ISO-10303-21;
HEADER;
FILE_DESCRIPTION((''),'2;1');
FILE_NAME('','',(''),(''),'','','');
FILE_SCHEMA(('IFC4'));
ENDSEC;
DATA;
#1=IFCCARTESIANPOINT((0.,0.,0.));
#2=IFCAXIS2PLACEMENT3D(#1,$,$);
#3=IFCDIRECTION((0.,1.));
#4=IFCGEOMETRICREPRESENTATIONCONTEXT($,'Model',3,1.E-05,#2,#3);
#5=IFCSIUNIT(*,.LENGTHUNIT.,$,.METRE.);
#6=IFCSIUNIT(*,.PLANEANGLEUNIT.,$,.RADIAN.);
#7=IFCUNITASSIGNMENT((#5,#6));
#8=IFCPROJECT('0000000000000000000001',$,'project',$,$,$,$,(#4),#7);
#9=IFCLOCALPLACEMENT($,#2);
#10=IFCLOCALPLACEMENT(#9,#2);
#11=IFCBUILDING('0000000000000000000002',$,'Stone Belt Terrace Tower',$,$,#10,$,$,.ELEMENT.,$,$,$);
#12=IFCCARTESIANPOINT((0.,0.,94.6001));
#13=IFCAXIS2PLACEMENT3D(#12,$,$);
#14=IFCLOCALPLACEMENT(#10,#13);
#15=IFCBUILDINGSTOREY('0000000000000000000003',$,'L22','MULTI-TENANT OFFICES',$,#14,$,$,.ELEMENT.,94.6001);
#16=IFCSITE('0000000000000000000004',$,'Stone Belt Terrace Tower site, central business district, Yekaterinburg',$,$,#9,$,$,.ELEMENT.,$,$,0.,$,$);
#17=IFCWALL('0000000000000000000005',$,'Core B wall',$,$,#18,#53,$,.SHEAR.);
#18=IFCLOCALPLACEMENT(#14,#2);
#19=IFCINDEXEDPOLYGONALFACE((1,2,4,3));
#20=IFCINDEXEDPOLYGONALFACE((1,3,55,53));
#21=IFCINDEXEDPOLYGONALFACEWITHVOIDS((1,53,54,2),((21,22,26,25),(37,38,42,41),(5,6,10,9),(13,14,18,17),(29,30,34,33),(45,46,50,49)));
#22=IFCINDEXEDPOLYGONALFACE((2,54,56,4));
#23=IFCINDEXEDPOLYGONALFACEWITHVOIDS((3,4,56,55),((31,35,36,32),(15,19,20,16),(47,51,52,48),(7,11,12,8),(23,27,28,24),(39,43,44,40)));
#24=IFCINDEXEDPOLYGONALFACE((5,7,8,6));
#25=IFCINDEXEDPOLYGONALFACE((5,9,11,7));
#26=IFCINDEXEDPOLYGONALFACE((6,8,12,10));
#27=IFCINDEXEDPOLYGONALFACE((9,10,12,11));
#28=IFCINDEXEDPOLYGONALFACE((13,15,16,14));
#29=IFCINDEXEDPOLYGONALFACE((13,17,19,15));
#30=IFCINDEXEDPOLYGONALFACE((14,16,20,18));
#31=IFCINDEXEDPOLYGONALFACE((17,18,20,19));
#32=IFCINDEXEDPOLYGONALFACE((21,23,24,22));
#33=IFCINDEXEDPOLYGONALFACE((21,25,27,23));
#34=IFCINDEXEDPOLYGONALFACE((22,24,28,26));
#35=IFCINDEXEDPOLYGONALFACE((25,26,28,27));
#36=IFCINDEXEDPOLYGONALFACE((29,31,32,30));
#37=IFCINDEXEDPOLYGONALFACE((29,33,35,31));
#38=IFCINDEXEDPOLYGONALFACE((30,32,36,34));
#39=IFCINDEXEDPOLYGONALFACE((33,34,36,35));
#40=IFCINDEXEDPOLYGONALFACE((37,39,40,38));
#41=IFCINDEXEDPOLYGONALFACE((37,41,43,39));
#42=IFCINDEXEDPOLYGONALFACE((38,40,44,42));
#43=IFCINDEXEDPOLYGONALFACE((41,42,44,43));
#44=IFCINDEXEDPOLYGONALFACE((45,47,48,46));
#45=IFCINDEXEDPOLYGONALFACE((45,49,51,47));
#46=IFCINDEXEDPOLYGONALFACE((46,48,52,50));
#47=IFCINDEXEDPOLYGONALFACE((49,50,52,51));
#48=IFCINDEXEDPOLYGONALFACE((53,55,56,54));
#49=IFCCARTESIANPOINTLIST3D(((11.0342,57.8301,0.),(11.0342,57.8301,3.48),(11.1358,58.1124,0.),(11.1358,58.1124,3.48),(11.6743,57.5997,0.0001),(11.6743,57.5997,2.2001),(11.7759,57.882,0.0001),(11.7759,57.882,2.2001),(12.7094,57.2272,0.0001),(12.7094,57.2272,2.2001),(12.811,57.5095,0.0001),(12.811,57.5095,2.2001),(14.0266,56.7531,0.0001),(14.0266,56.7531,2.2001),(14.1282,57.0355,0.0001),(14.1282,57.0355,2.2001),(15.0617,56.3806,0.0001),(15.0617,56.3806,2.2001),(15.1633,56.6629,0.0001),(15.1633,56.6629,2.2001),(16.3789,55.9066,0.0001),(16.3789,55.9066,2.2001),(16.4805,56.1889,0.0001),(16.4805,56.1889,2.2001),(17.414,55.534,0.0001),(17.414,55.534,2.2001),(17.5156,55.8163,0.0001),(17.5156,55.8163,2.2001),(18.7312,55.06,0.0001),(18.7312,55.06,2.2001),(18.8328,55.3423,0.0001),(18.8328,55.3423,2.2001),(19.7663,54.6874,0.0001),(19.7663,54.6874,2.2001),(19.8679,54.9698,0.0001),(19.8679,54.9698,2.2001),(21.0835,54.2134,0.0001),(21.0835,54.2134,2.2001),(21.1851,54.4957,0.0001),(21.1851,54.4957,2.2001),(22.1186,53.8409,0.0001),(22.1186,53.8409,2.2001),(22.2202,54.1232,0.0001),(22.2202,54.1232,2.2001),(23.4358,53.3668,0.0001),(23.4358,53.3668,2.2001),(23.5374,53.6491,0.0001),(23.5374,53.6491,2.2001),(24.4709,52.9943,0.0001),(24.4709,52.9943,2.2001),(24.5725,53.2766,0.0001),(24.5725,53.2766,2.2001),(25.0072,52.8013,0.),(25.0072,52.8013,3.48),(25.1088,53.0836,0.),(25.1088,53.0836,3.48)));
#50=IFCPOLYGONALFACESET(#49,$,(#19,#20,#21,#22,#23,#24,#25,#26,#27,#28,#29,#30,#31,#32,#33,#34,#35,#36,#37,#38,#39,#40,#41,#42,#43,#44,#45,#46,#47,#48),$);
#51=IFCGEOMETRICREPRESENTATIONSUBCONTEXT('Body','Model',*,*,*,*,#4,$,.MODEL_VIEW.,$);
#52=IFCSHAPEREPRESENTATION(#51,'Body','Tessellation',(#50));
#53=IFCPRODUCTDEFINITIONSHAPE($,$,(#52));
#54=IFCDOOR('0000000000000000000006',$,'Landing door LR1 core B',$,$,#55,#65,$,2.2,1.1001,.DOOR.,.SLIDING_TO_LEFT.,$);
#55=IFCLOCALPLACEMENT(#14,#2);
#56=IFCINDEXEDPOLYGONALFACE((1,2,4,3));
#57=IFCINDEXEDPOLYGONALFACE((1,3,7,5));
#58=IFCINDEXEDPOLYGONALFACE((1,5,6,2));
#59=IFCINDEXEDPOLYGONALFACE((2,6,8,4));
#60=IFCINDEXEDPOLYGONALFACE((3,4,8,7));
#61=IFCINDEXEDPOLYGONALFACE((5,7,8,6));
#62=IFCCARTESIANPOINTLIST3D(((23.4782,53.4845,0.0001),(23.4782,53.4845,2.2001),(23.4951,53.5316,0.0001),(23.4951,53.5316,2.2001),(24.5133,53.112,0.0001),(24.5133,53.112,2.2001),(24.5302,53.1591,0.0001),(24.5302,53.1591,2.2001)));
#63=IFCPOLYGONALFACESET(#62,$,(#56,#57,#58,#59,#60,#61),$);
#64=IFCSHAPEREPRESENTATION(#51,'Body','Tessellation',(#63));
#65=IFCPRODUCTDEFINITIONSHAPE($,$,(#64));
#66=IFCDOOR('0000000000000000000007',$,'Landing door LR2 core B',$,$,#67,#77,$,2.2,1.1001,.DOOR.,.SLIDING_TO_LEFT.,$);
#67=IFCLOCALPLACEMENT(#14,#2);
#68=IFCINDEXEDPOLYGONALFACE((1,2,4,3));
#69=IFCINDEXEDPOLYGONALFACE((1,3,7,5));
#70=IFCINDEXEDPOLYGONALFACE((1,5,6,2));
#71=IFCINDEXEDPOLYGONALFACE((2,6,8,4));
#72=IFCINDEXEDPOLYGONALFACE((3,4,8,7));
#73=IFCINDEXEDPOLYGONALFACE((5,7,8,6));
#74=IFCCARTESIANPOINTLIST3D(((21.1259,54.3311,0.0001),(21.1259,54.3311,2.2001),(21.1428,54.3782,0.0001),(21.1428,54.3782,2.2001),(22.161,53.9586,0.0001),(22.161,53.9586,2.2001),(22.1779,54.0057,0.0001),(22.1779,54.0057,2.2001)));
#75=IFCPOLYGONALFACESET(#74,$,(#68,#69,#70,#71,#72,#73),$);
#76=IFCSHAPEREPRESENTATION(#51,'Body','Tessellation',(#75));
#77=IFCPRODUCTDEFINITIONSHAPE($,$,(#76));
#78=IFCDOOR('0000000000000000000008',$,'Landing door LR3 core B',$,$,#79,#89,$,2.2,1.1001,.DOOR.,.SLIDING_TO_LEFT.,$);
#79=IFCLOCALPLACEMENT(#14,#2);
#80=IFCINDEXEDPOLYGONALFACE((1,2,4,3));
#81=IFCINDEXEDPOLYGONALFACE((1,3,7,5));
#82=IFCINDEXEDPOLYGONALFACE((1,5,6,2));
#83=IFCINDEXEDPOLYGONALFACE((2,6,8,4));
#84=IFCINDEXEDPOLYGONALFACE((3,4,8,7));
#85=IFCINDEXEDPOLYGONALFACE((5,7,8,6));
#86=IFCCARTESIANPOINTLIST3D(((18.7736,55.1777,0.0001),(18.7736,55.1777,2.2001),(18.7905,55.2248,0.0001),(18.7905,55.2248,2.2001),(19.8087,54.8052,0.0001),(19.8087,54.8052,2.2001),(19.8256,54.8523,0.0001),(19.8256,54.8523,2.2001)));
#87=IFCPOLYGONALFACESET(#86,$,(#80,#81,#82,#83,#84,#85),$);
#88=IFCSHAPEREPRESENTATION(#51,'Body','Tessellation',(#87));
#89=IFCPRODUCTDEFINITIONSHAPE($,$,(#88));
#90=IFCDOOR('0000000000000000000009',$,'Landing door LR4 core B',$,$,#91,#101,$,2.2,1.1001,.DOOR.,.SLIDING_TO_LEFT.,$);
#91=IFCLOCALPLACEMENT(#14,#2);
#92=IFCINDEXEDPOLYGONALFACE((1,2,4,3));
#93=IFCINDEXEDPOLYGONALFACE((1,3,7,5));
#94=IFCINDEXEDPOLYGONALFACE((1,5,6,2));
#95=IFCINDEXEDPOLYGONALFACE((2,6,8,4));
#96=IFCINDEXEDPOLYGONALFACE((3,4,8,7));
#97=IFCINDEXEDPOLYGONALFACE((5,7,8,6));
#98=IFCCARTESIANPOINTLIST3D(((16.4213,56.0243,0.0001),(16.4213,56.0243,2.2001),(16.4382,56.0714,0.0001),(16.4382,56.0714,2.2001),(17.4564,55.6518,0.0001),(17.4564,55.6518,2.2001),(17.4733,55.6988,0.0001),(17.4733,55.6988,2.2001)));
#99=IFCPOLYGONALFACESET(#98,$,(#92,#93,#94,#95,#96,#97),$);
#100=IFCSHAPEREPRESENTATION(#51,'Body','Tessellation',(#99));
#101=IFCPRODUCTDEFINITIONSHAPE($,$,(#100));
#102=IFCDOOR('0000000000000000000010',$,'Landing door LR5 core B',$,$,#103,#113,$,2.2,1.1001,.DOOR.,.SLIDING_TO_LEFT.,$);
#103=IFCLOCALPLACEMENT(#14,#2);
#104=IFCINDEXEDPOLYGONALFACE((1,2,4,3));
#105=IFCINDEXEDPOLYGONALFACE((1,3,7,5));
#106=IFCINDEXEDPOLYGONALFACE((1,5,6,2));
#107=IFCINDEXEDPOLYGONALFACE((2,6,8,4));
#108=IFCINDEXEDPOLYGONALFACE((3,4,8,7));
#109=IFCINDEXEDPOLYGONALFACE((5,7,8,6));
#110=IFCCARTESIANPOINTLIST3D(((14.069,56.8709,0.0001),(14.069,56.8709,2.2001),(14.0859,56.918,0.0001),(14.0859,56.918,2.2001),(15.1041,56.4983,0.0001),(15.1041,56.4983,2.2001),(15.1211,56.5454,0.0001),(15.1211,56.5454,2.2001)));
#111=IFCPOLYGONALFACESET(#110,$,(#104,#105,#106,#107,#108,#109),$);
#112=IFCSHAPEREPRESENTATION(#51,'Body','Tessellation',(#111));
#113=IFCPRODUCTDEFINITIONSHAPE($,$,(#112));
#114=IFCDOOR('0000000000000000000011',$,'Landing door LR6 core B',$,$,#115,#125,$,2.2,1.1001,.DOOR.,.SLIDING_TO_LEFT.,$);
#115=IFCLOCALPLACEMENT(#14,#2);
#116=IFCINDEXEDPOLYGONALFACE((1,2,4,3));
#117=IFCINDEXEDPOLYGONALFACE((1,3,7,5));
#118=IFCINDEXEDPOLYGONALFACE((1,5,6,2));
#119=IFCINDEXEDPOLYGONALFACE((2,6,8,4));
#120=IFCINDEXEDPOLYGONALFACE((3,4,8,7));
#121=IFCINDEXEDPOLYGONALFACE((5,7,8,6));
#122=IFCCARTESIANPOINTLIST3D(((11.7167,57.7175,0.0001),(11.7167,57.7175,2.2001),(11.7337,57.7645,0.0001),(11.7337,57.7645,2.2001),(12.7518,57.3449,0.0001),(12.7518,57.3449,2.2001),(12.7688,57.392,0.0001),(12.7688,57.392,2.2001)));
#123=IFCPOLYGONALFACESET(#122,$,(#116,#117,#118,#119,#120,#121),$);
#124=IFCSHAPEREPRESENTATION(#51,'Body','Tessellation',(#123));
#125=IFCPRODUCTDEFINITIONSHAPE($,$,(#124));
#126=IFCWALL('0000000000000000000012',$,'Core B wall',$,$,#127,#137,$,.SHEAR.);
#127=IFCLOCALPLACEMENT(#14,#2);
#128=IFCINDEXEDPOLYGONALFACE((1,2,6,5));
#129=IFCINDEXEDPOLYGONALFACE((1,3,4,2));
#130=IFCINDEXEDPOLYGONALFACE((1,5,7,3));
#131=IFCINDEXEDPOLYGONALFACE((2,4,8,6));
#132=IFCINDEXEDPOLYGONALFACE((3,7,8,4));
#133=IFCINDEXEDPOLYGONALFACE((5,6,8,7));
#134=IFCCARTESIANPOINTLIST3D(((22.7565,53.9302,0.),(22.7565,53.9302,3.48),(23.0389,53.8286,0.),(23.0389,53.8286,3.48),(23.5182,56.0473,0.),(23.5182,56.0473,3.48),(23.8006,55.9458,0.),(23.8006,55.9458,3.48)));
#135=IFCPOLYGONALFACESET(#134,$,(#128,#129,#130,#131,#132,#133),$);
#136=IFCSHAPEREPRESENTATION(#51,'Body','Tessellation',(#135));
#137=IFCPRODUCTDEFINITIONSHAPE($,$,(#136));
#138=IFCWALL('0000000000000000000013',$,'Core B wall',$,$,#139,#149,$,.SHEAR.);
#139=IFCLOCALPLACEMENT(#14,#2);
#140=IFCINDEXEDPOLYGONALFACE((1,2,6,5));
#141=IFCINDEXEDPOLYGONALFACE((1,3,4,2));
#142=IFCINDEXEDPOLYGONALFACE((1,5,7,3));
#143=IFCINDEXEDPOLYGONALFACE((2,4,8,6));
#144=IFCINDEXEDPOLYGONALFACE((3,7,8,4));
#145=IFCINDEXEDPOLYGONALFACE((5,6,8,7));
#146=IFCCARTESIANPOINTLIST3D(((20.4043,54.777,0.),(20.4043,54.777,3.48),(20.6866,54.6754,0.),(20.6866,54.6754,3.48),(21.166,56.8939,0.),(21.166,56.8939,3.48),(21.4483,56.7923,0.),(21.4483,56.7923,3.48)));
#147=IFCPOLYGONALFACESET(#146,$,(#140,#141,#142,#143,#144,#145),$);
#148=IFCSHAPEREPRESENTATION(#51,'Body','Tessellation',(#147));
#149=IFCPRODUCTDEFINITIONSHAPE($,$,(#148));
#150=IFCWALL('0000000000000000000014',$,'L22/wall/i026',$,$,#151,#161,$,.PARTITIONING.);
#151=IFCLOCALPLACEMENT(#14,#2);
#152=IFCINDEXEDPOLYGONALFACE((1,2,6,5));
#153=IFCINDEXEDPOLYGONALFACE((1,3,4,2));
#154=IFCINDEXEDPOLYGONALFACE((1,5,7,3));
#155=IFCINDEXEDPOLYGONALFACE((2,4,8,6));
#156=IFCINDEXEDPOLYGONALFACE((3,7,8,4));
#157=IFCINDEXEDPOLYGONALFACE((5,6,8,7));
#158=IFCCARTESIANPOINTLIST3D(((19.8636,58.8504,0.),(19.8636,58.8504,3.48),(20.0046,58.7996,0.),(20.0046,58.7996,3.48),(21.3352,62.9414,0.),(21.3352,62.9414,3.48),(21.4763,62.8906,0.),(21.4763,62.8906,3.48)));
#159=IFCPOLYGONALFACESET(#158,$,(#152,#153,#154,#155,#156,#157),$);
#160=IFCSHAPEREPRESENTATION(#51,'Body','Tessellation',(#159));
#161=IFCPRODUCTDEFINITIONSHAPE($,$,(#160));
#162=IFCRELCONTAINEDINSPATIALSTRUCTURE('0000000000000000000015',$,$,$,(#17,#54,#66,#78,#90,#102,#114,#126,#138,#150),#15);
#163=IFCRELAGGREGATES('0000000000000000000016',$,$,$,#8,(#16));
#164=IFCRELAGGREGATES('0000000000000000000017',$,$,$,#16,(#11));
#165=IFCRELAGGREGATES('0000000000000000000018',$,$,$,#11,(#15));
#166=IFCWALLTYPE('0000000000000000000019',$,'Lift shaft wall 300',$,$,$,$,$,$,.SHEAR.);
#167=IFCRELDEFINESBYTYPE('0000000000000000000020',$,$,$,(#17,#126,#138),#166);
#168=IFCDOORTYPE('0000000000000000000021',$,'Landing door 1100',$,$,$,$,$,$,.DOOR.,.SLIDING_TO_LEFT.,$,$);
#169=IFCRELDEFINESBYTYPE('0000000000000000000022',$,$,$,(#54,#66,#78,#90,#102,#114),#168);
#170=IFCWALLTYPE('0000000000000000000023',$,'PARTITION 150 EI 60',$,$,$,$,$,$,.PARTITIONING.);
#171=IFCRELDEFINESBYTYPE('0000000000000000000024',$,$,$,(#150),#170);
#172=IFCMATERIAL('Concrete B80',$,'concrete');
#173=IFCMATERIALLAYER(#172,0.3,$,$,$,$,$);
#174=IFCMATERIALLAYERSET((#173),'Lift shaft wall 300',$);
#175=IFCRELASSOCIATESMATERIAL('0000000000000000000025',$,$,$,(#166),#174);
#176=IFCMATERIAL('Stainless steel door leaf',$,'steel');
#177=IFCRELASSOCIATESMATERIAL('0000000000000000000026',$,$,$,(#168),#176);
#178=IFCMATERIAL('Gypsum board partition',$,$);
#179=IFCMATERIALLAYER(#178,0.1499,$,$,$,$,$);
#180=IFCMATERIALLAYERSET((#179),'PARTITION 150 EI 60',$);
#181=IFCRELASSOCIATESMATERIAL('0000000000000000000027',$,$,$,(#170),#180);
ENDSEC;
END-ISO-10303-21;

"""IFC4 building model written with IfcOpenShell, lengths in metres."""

from ifc_helpers import new_model, si_unit, direction, frame, frame_2d, origin, place, context, subcontext, project, spatial, rectangle, extrude, material, layer, layer_set, type_object, element, fill, save


model = new_model("IFC4")

# Units and contexts
model_context = context("Model", 3, precision=1e-05, world=origin(), true_north=direction((0.0, 1.0)))
body_context = subcontext(model_context, "Body", "Model", "MODEL_VIEW")
ifc_project = project(units=[si_unit("LENGTHUNIT", "METRE"), si_unit("PLANEANGLEUNIT", "RADIAN")], contexts=[model_context])

# Site, building, storey
site_placement = place(None, origin())
site = spatial("IfcSite", under=ifc_project, at=site_placement, Name="Stone Belt Terrace Tower site, central business district, Yekaterinburg", CompositionType="ELEMENT", RefElevation=0.0)
building_placement = place(site_placement, origin())
building = spatial("IfcBuilding", under=site, at=building_placement, Name="Stone Belt Terrace Tower", CompositionType="ELEMENT")
storey_placement = place(building_placement, frame((0.0, 0.0, 94.6001)))
storey = spatial("IfcBuildingStorey", under=building, at=storey_placement, Name="L22", Description="MULTI-TENANT OFFICES", CompositionType="ELEMENT", Elevation=94.6001)

# Shared definitions
ifc_material_1 = material(Name="Concrete B80", Category="concrete")

# Shared definitions
ifc_layer_1 = layer(ifc_material_1, 0.3)
ifc_layer_set_1 = layer_set([ifc_layer_1], Name="Lift shaft wall 300")
wall_type_1 = type_object("IfcWallType", Name="Lift shaft wall 300", PredefinedType="SHEAR", material=ifc_layer_set_1)
ifc_material_2 = material(Name="Stainless steel door leaf", Category="steel")

# Wall, openings, doors
wall_1_placement = place(storey_placement, frame((25.0581, 52.9424, 0.0), z_axis=(0.0, 0.0, 1.0), x_axis=(-0.940918, 0.338634, 0.0)))
wall_1 = element("IfcWall", 1, at=wall_1_placement, inside=storey, type_object=wall_type_1, Name="Core B wall", PredefinedType="SHEAR", context=body_context, shape_type="SweptSolid", body=[
    extrude(rectangle(XDim=14.8503, YDim=0.3, at=frame_2d((7.4253, 0.0))), origin(), (0.0, 0.0, 1.0), 3.48),
])
opening_1_placement = place(wall_1_placement, frame((0.5701, 0.0, 0.0)))
opening_1 = element("IfcOpeningElement", 2, at=opening_1_placement, cuts=wall_1, PredefinedType="OPENING", context=body_context, shape_type="SweptSolid", body=[
    extrude(rectangle(XDim=1.1001, YDim=2.2, at=frame_2d((0.55, 1.1001))), frame((0.0, 0.1599, 0.0), z_axis=(0.0, -1.0, 0.0), x_axis=(1.0, 0.0, 0.0)), (0.0, 0.0, 1.0), 0.3201),
])
opening_2_placement = place(wall_1_placement, frame((3.0701, 0.0, 0.0)))
opening_2 = element("IfcOpeningElement", 3, at=opening_2_placement, cuts=wall_1, PredefinedType="OPENING", context=body_context, shape_type="SweptSolid", body=[
    extrude(rectangle(XDim=1.1001, YDim=2.2, at=frame_2d((0.55, 1.1001))), frame((0.0, 0.1599, 0.0), z_axis=(0.0, -1.0, 0.0), x_axis=(1.0, 0.0, 0.0)), (0.0, 0.0, 1.0), 0.3201),
])
opening_3_placement = place(wall_1_placement, frame((5.5701, 0.0, 0.0)))
opening_3 = element("IfcOpeningElement", 4, at=opening_3_placement, cuts=wall_1, PredefinedType="OPENING", context=body_context, shape_type="SweptSolid", body=[
    extrude(rectangle(XDim=1.1001, YDim=2.2, at=frame_2d((0.55, 1.1001))), frame((0.0, 0.1599, 0.0), z_axis=(0.0, -1.0, 0.0), x_axis=(1.0, 0.0, 0.0)), (0.0, 0.0, 1.0), 0.3201),
])
opening_4_placement = place(wall_1_placement, frame((8.0701, 0.0, 0.0)))
opening_4 = element("IfcOpeningElement", 5, at=opening_4_placement, cuts=wall_1, PredefinedType="OPENING", context=body_context, shape_type="SweptSolid", body=[
    extrude(rectangle(XDim=1.1001, YDim=2.2, at=frame_2d((0.55, 1.1001))), frame((0.0, 0.1599, 0.0), z_axis=(0.0, -1.0, 0.0), x_axis=(1.0, 0.0, 0.0)), (0.0, 0.0, 1.0), 0.3201),
])
opening_5_placement = place(wall_1_placement, frame((10.5701, 0.0, 0.0)))
opening_5 = element("IfcOpeningElement", 6, at=opening_5_placement, cuts=wall_1, PredefinedType="OPENING", context=body_context, shape_type="SweptSolid", body=[
    extrude(rectangle(XDim=1.1001, YDim=2.2, at=frame_2d((0.55, 1.1001))), frame((0.0, 0.1599, 0.0), z_axis=(0.0, -1.0, 0.0), x_axis=(1.0, 0.0, 0.0)), (0.0, 0.0, 1.0), 0.3201),
])
opening_6_placement = place(wall_1_placement, frame((13.0701, 0.0, 0.0)))
opening_6 = element("IfcOpeningElement", 7, at=opening_6_placement, cuts=wall_1, PredefinedType="OPENING", context=body_context, shape_type="SweptSolid", body=[
    extrude(rectangle(XDim=1.1001, YDim=2.2, at=frame_2d((0.55, 1.1001))), frame((0.0, 0.1599, 0.0), z_axis=(0.0, -1.0, 0.0), x_axis=(1.0, 0.0, 0.0)), (0.0, 0.0, 1.0), 0.3201),
])
door_type_1 = type_object("IfcDoorType", Name="Landing door 1100", OperationType="SLIDING_TO_LEFT", PredefinedType="DOOR", material=ifc_material_2)
door_1_placement = place(opening_1_placement, origin())
door_1 = element("IfcDoor", 8, at=door_1_placement, inside=storey, type_object=door_type_1, Name="Landing door LR1 core B", OperationType="SLIDING_TO_LEFT", OverallHeight=2.2, OverallWidth=1.1001, PredefinedType="DOOR", context=body_context, shape_type="SweptSolid", body=[
    extrude(rectangle(XDim=1.1001, YDim=2.2, at=frame_2d((0.55, 1.1001))), frame((0.0, 0.0249, 0.0), z_axis=(0.0, -1.0, 0.0), x_axis=(1.0, 0.0, 0.0)), (0.0, 0.0, 1.0), 0.05),
])
fill(opening_1, door_1)
door_2_placement = place(opening_2_placement, origin())
door_2 = element("IfcDoor", 9, at=door_2_placement, inside=storey, type_object=door_type_1, Name="Landing door LR2 core B", OperationType="SLIDING_TO_LEFT", OverallHeight=2.2, OverallWidth=1.1001, PredefinedType="DOOR", context=body_context, shape_type="SweptSolid", body=[
    extrude(rectangle(XDim=1.1001, YDim=2.2, at=frame_2d((0.55, 1.1001))), frame((0.0, 0.0249, 0.0), z_axis=(0.0, -1.0, 0.0), x_axis=(1.0, 0.0, 0.0)), (0.0, 0.0, 1.0), 0.05),
])
fill(opening_2, door_2)
door_3_placement = place(opening_3_placement, origin())
door_3 = element("IfcDoor", 10, at=door_3_placement, inside=storey, type_object=door_type_1, Name="Landing door LR3 core B", OperationType="SLIDING_TO_LEFT", OverallHeight=2.2, OverallWidth=1.1001, PredefinedType="DOOR", context=body_context, shape_type="SweptSolid", body=[
    extrude(rectangle(XDim=1.1001, YDim=2.2, at=frame_2d((0.55, 1.1001))), frame((0.0, 0.0249, 0.0), z_axis=(0.0, -1.0, 0.0), x_axis=(1.0, 0.0, 0.0)), (0.0, 0.0, 1.0), 0.05),
])
fill(opening_3, door_3)
door_4_placement = place(opening_4_placement, origin())
door_4 = element("IfcDoor", 11, at=door_4_placement, inside=storey, type_object=door_type_1, Name="Landing door LR4 core B", OperationType="SLIDING_TO_LEFT", OverallHeight=2.2, OverallWidth=1.1001, PredefinedType="DOOR", context=body_context, shape_type="SweptSolid", body=[
    extrude(rectangle(XDim=1.1001, YDim=2.2, at=frame_2d((0.55, 1.1001))), frame((0.0, 0.0249, 0.0), z_axis=(0.0, -1.0, 0.0), x_axis=(1.0, 0.0, 0.0)), (0.0, 0.0, 1.0), 0.05),
])
fill(opening_4, door_4)
door_5_placement = place(opening_5_placement, origin())
door_5 = element("IfcDoor", 12, at=door_5_placement, inside=storey, type_object=door_type_1, Name="Landing door LR5 core B", OperationType="SLIDING_TO_LEFT", OverallHeight=2.2, OverallWidth=1.1001, PredefinedType="DOOR", context=body_context, shape_type="SweptSolid", body=[
    extrude(rectangle(XDim=1.1001, YDim=2.2, at=frame_2d((0.55, 1.1001))), frame((0.0, 0.0249, 0.0), z_axis=(0.0, -1.0, 0.0), x_axis=(1.0, 0.0, 0.0)), (0.0, 0.0, 1.0), 0.05),
])
fill(opening_5, door_5)
door_6_placement = place(opening_6_placement, origin())
door_6 = element("IfcDoor", 13, at=door_6_placement, inside=storey, type_object=door_type_1, Name="Landing door LR6 core B", OperationType="SLIDING_TO_LEFT", OverallHeight=2.2, OverallWidth=1.1001, PredefinedType="DOOR", context=body_context, shape_type="SweptSolid", body=[
    extrude(rectangle(XDim=1.1001, YDim=2.2, at=frame_2d((0.55, 1.1001))), frame((0.0, 0.0249, 0.0), z_axis=(0.0, -1.0, 0.0), x_axis=(1.0, 0.0, 0.0)), (0.0, 0.0, 1.0), 0.05),
])
fill(opening_6, door_6)

# Walls
wall_2_placement = place(storey_placement, frame((22.8977, 53.8794, 0.0), z_axis=(0.0, 0.0, 1.0), x_axis=(0.338535, 0.940954, 0.0)))
element("IfcWall", 14, at=wall_2_placement, inside=storey, type_object=wall_type_1, Name="Core B wall", PredefinedType="SHEAR", context=body_context, shape_type="SweptSolid", body=[
    extrude(rectangle(XDim=2.25, YDim=0.3, at=frame_2d((1.125, 0.0))), origin(), (0.0, 0.0, 1.0), 3.48),
])
wall_3_placement = place(storey_placement, frame((20.5454, 54.7261, 0.0), z_axis=(0.0, 0.0, 1.0), x_axis=(0.33857, 0.940941, 0.0)))
element("IfcWall", 15, at=wall_3_placement, inside=storey, type_object=wall_type_1, Name="Core B wall", PredefinedType="SHEAR", context=body_context, shape_type="SweptSolid", body=[
    extrude(rectangle(XDim=2.2498, YDim=0.3, at=frame_2d((1.125, 0.0))), origin(), (0.0, 0.0, 1.0), 3.48),
])
ifc_material_3 = material(Name="Gypsum board partition")
ifc_layer_2 = layer(ifc_material_3, 0.1499)
ifc_layer_set_2 = layer_set([ifc_layer_2], Name="PARTITION 150 EI 60")
wall_type_2 = type_object("IfcWallType", Name="PARTITION 150 EI 60", PredefinedType="PARTITIONING", material=ifc_layer_set_2)
wall_4_placement = place(storey_placement, frame((21.4058, 62.916, 0.0), z_axis=(0.0, 0.0, 1.0), x_axis=(-0.338495, -0.940968, 0.0)))
element("IfcWall", 16, at=wall_4_placement, inside=storey, type_object=wall_type_2, Name="L22/wall/i026", PredefinedType="PARTITIONING", context=body_context, shape_type="SweptSolid", body=[
    extrude(rectangle(XDim=4.3477, YDim=0.1499, at=frame_2d((2.1738, 0.0))), origin(), (0.0, 0.0, 1.0), 3.48),
])

save(model, "model.ifc")
